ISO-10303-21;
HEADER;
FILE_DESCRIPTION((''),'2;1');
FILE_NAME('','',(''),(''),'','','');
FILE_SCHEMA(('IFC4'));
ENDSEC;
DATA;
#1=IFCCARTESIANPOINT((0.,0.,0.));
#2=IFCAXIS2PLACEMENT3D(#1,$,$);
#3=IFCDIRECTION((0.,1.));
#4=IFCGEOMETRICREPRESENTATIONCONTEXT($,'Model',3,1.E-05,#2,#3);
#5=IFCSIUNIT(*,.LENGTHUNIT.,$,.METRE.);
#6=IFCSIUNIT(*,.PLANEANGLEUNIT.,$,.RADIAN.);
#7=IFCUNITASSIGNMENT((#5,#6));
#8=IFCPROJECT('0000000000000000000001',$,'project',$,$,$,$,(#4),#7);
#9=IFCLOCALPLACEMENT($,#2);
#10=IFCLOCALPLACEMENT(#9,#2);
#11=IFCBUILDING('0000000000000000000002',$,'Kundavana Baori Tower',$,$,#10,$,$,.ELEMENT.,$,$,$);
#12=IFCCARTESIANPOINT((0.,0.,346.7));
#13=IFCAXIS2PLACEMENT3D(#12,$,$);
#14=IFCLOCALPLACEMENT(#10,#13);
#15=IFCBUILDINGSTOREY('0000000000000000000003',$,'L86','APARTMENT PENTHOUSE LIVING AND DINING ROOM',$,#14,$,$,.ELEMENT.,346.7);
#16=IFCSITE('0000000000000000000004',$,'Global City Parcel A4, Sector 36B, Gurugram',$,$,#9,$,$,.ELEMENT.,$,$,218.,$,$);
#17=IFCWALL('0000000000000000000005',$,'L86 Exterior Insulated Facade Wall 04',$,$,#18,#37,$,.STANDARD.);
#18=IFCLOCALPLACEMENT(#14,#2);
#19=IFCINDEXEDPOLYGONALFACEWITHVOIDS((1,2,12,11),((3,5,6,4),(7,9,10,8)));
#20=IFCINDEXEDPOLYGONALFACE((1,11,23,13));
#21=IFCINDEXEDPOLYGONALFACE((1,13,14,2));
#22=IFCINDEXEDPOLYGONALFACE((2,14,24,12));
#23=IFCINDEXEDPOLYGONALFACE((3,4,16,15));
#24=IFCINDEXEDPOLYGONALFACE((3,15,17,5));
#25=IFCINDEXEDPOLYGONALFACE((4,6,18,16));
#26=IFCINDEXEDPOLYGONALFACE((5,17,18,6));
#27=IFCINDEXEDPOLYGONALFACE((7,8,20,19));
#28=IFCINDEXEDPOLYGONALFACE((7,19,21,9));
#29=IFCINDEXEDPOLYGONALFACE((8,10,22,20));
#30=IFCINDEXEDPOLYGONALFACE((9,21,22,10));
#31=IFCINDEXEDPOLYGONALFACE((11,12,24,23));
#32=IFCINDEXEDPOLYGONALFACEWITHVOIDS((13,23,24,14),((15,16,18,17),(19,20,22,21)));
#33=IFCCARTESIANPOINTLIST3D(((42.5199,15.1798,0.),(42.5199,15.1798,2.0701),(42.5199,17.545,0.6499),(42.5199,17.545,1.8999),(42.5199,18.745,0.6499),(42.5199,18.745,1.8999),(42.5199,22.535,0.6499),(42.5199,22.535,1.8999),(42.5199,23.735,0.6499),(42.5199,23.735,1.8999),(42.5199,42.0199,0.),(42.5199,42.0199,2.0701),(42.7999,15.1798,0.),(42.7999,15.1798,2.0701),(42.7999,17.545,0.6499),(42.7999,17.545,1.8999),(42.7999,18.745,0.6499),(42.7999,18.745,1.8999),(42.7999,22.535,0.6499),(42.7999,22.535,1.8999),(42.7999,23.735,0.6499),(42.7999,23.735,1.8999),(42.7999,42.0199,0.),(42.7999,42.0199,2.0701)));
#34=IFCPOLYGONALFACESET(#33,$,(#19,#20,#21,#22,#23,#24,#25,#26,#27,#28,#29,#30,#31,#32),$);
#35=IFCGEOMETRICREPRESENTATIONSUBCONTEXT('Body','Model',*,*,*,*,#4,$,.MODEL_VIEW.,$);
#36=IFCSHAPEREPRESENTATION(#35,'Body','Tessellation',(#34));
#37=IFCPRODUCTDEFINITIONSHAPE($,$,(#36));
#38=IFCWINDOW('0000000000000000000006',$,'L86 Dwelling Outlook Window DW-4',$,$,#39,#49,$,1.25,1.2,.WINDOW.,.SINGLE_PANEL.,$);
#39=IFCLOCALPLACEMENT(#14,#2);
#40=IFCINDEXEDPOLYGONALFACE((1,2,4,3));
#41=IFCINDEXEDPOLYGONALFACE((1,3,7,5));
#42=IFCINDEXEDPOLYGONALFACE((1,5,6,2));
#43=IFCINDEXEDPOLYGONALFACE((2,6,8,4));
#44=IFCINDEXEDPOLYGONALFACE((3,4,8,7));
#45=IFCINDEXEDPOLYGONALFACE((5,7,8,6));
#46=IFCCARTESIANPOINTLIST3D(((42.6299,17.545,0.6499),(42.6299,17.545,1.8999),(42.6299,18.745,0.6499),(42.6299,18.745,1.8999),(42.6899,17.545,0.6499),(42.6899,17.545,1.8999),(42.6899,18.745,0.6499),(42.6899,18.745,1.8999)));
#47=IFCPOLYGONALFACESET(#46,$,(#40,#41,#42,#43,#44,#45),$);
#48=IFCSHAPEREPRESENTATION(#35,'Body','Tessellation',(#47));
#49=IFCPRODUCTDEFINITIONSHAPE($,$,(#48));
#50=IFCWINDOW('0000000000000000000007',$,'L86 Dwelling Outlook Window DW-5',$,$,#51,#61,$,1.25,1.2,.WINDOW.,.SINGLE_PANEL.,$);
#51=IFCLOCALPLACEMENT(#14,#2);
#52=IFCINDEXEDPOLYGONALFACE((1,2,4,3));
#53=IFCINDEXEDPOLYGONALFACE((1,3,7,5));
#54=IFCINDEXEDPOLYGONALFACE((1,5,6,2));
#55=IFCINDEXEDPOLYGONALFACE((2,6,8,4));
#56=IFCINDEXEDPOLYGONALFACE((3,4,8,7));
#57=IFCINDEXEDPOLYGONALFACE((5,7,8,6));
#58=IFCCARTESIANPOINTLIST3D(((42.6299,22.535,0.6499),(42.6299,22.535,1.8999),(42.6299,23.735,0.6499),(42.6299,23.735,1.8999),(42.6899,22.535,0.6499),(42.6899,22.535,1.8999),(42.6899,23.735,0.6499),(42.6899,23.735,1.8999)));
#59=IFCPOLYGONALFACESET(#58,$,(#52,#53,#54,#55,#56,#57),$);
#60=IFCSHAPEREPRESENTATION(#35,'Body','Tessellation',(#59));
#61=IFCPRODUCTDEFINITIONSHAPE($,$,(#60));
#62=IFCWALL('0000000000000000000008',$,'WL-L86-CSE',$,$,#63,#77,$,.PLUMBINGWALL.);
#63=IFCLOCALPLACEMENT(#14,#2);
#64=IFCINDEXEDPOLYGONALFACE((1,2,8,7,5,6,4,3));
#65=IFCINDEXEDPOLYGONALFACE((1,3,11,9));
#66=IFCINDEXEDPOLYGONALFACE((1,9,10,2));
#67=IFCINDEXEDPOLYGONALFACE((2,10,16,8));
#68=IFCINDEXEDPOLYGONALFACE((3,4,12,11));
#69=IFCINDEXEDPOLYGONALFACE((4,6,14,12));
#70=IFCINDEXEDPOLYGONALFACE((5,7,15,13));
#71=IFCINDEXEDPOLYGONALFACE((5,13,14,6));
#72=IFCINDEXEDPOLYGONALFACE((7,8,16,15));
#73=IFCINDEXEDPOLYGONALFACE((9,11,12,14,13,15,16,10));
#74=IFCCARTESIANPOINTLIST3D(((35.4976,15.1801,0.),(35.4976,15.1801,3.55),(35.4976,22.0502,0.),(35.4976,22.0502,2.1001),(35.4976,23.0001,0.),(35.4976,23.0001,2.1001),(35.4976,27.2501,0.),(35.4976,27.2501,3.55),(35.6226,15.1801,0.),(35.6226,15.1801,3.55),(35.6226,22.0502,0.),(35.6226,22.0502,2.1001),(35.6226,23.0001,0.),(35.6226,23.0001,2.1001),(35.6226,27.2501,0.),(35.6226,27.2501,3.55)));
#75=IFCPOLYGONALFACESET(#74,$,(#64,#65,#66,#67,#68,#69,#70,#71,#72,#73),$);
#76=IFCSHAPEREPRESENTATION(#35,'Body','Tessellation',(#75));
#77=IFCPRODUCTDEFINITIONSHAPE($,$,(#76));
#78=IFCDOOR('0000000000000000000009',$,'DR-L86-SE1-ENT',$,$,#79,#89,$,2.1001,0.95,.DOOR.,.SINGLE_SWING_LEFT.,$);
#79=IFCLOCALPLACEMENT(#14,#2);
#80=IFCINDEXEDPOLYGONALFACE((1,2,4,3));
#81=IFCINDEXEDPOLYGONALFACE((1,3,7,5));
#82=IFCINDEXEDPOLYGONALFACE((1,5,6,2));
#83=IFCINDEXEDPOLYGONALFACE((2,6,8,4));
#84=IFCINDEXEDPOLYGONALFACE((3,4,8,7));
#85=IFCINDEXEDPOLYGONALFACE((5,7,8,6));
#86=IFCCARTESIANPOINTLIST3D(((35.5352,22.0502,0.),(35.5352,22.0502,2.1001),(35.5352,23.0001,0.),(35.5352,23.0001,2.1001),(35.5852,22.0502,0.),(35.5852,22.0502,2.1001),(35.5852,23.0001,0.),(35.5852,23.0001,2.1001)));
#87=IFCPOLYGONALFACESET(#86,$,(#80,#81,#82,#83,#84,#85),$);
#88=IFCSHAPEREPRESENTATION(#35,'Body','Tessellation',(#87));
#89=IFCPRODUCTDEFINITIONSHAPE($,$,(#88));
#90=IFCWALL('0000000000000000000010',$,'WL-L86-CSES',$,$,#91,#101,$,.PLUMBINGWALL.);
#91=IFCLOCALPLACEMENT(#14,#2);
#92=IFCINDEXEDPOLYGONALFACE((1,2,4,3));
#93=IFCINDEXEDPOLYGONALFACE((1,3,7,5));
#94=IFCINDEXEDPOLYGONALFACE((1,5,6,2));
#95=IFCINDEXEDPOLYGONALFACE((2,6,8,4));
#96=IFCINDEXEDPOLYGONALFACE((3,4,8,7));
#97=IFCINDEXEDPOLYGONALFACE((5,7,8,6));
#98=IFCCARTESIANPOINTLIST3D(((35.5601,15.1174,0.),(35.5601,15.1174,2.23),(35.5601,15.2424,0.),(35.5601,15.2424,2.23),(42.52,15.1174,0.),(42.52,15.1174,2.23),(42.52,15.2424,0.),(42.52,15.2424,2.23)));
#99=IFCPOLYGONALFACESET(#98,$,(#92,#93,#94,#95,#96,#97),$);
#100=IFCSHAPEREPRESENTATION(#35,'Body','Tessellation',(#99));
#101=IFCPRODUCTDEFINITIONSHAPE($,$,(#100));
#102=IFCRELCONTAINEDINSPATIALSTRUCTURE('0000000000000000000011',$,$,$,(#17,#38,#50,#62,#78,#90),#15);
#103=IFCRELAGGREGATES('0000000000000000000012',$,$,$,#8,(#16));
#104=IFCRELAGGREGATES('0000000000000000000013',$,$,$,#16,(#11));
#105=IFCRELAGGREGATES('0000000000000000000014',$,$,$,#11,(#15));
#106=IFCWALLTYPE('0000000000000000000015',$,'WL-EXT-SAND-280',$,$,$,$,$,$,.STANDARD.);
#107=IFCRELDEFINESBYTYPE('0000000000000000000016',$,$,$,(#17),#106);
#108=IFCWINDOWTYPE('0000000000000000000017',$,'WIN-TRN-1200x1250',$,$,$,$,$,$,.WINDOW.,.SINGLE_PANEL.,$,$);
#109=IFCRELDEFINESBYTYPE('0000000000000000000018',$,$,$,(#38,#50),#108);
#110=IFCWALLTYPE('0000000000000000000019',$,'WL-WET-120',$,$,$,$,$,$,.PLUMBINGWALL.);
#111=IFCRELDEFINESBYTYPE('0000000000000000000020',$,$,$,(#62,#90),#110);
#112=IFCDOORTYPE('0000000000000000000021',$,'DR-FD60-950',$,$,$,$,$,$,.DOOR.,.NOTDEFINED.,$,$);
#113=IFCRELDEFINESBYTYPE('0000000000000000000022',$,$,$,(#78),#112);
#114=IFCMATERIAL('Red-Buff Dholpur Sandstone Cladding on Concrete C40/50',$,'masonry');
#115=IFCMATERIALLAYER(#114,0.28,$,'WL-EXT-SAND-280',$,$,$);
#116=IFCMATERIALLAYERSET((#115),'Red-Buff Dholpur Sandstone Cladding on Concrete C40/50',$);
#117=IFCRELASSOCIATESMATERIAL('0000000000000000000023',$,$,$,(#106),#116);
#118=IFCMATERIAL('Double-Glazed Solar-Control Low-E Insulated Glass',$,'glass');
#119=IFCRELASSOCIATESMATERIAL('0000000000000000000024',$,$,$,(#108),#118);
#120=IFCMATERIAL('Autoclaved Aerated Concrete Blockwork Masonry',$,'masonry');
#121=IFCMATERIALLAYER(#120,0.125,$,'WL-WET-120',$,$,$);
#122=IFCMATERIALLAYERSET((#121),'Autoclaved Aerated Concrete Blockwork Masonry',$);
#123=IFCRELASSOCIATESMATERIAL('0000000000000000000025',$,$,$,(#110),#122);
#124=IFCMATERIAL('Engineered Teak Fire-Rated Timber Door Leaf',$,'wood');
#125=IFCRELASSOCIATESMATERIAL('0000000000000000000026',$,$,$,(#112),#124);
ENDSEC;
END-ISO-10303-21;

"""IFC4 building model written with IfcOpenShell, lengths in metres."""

from ifc_helpers import new_model, si_unit, direction, frame, frame_2d, origin, place, context, subcontext, project, spatial, rectangle, extrude, material, layer, layer_set, type_object, element, fill, save


model = new_model("IFC4")

# Units and contexts
model_context = context("Model", 3, precision=1e-05, world=origin(), true_north=direction((0.0, 1.0)))
body_context = subcontext(model_context, "Body", "Model", "MODEL_VIEW")
ifc_project = project(units=[si_unit("LENGTHUNIT", "METRE"), si_unit("PLANEANGLEUNIT", "RADIAN")], contexts=[model_context])

# Site, building, storey
site_placement = place(None, origin())
site = spatial("IfcSite", under=ifc_project, at=site_placement, Name="Global City Parcel A4, Sector 36B, Gurugram", CompositionType="ELEMENT", RefElevation=218.0)
building_placement = place(site_placement, origin())
building = spatial("IfcBuilding", under=site, at=building_placement, Name="Kundavana Baori Tower", CompositionType="ELEMENT")
storey_placement = place(building_placement, frame((0.0, 0.0, 346.7)))
storey = spatial("IfcBuildingStorey", under=building, at=storey_placement, Name="L86", Description="APARTMENT PENTHOUSE LIVING AND DINING ROOM", CompositionType="ELEMENT", Elevation=346.7)

# Shared definitions
ifc_material_1 = material(Name="Red-Buff Dholpur Sandstone Cladding on Concrete C40/50", Category="masonry")
ifc_layer_1 = layer(ifc_material_1, 0.28, Name="WL-EXT-SAND-280")
ifc_layer_set_1 = layer_set([ifc_layer_1], Name="Red-Buff Dholpur Sandstone Cladding on Concrete C40/50")
wall_type_1 = type_object("IfcWallType", Name="WL-EXT-SAND-280", PredefinedType="STANDARD", material=ifc_layer_set_1)

# Wall, openings, windows
wall_1_placement = place(storey_placement, frame((42.6599, 15.1799, 0.0), z_axis=(0.0, 0.0, 1.0), x_axis=(0.0, 1.0, 0.0)))
wall_1 = element("IfcWall", 1, at=wall_1_placement, inside=storey, type_object=wall_type_1, Name="L86 Exterior Insulated Facade Wall 04", PredefinedType="STANDARD", context=body_context, shape_type="SweptSolid", body=[
    extrude(rectangle(XDim=26.8401, YDim=0.28, at=frame_2d((13.4199, 0.0))), origin(), (0.0, 0.0, 1.0), 2.0701),
])
opening_1_placement = place(wall_1_placement, frame((2.365, 0.0, 0.6499)))
opening_1 = element("IfcOpeningElement", 2, at=opening_1_placement, cuts=wall_1, PredefinedType="OPENING", context=body_context, shape_type="SweptSolid", body=[
    extrude(rectangle(XDim=1.2, YDim=1.25, at=frame_2d((0.6001, 0.625))), frame((0.0, 0.1499, 0.0), z_axis=(0.0, -1.0, 0.0), x_axis=(1.0, 0.0, 0.0)), (0.0, 0.0, 1.0), 0.3),
])
opening_2_placement = place(wall_1_placement, frame((7.355, 0.0, 0.6499)))
opening_2 = element("IfcOpeningElement", 3, at=opening_2_placement, cuts=wall_1, PredefinedType="OPENING", context=body_context, shape_type="SweptSolid", body=[
    extrude(rectangle(XDim=1.2, YDim=1.25, at=frame_2d((0.6001, 0.625))), frame((0.0, 0.1499, 0.0), z_axis=(0.0, -1.0, 0.0), x_axis=(1.0, 0.0, 0.0)), (0.0, 0.0, 1.0), 0.3),
])
ifc_material_2 = material(Name="Double-Glazed Solar-Control Low-E Insulated Glass", Category="glass")
window_type = type_object("IfcWindowType", Name="WIN-TRN-1200x1250", PartitioningType="SINGLE_PANEL", PredefinedType="WINDOW", material=ifc_material_2)
window_1_placement = place(opening_1_placement, origin())
window_1 = element("IfcWindow", 4, at=window_1_placement, inside=storey, type_object=window_type, Name="L86 Dwelling Outlook Window DW-4", OverallHeight=1.25, OverallWidth=1.2, PartitioningType="SINGLE_PANEL", PredefinedType="WINDOW", context=body_context, shape_type="SweptSolid", body=[
    extrude(rectangle(XDim=1.2, YDim=1.25, at=frame_2d((0.6001, 0.625))), frame((0.0, 0.03, 0.0), z_axis=(0.0, -1.0, 0.0), x_axis=(1.0, 0.0, 0.0)), (0.0, 0.0, 1.0), 0.0601),
])
fill(opening_1, window_1)
window_2_placement = place(opening_2_placement, origin())
window_2 = element("IfcWindow", 5, at=window_2_placement, inside=storey, type_object=window_type, Name="L86 Dwelling Outlook Window DW-5", OverallHeight=1.25, OverallWidth=1.2, PartitioningType="SINGLE_PANEL", PredefinedType="WINDOW", context=body_context, shape_type="SweptSolid", body=[
    extrude(rectangle(XDim=1.2, YDim=1.25, at=frame_2d((0.6001, 0.625))), frame((0.0, 0.03, 0.0), z_axis=(0.0, -1.0, 0.0), x_axis=(1.0, 0.0, 0.0)), (0.0, 0.0, 1.0), 0.0601),
])
fill(opening_2, window_2)

# Wall, opening, door
ifc_material_3 = material(Name="Autoclaved Aerated Concrete Blockwork Masonry", Category="masonry")
ifc_layer_2 = layer(ifc_material_3, 0.125, Name="WL-WET-120")
ifc_layer_set_2 = layer_set([ifc_layer_2], Name="Autoclaved Aerated Concrete Blockwork Masonry")
wall_type_2 = type_object("IfcWallType", Name="WL-WET-120", PredefinedType="PLUMBINGWALL", material=ifc_layer_set_2)
wall_2_placement = place(storey_placement, frame((35.5601, 15.1799, 0.0), z_axis=(0.0, 0.0, 1.0), x_axis=(0.0, 1.0, 0.0)))
wall_2 = element("IfcWall", 6, at=wall_2_placement, inside=storey, type_object=wall_type_2, Name="WL-L86-CSE", PredefinedType="PLUMBINGWALL", context=body_context, shape_type="SweptSolid", body=[
    extrude(rectangle(XDim=12.0701, YDim=0.125, at=frame_2d((6.0352, 0.0))), origin(), (0.0, 0.0, 1.0), 3.55),
])
opening_3_placement = place(wall_2_placement, frame((6.8701, 0.0, 0.0)))
opening_3 = element("IfcOpeningElement", 7, at=opening_3_placement, cuts=wall_2, PredefinedType="OPENING", context=body_context, shape_type="SweptSolid", body=[
    extrude(rectangle(XDim=0.95, YDim=2.1001, at=frame_2d((0.4751, 1.05))), frame((0.0, 0.0725, 0.0), z_axis=(0.0, -1.0, 0.0), x_axis=(1.0, 0.0, 0.0)), (0.0, 0.0, 1.0), 0.145),
])
ifc_material_4 = material(Name="Engineered Teak Fire-Rated Timber Door Leaf", Category="wood")
door_type = type_object("IfcDoorType", Name="DR-FD60-950", OperationType="NOTDEFINED", PredefinedType="DOOR", material=ifc_material_4)
door_placement = place(opening_3_placement, origin())
door = element("IfcDoor", 8, at=door_placement, inside=storey, type_object=door_type, Name="DR-L86-SE1-ENT", OperationType="SINGLE_SWING_LEFT", OverallHeight=2.1001, OverallWidth=0.95, PredefinedType="DOOR", context=body_context, shape_type="SweptSolid", body=[
    extrude(rectangle(XDim=0.95, YDim=2.1001, at=frame_2d((0.4751, 1.05))), frame((0.0, 0.0249, 0.0), z_axis=(0.0, -1.0, 0.0), x_axis=(1.0, 0.0, 0.0)), (0.0, 0.0, 1.0), 0.05),
])
fill(opening_3, door)

# Wall
wall_3_placement = place(storey_placement, frame((35.5601, 15.1799, 0.0), z_axis=(0.0, 0.0, 1.0), x_axis=(1.0, 0.0, 0.0)))
element("IfcWall", 9, at=wall_3_placement, inside=storey, type_object=wall_type_2, Name="WL-L86-CSES", PredefinedType="PLUMBINGWALL", context=body_context, shape_type="SweptSolid", body=[
    extrude(rectangle(XDim=6.96, YDim=0.125, at=frame_2d((3.48, 0.0))), origin(), (0.0, 0.0, 1.0), 2.23),
])

save(model, "model.ifc")
